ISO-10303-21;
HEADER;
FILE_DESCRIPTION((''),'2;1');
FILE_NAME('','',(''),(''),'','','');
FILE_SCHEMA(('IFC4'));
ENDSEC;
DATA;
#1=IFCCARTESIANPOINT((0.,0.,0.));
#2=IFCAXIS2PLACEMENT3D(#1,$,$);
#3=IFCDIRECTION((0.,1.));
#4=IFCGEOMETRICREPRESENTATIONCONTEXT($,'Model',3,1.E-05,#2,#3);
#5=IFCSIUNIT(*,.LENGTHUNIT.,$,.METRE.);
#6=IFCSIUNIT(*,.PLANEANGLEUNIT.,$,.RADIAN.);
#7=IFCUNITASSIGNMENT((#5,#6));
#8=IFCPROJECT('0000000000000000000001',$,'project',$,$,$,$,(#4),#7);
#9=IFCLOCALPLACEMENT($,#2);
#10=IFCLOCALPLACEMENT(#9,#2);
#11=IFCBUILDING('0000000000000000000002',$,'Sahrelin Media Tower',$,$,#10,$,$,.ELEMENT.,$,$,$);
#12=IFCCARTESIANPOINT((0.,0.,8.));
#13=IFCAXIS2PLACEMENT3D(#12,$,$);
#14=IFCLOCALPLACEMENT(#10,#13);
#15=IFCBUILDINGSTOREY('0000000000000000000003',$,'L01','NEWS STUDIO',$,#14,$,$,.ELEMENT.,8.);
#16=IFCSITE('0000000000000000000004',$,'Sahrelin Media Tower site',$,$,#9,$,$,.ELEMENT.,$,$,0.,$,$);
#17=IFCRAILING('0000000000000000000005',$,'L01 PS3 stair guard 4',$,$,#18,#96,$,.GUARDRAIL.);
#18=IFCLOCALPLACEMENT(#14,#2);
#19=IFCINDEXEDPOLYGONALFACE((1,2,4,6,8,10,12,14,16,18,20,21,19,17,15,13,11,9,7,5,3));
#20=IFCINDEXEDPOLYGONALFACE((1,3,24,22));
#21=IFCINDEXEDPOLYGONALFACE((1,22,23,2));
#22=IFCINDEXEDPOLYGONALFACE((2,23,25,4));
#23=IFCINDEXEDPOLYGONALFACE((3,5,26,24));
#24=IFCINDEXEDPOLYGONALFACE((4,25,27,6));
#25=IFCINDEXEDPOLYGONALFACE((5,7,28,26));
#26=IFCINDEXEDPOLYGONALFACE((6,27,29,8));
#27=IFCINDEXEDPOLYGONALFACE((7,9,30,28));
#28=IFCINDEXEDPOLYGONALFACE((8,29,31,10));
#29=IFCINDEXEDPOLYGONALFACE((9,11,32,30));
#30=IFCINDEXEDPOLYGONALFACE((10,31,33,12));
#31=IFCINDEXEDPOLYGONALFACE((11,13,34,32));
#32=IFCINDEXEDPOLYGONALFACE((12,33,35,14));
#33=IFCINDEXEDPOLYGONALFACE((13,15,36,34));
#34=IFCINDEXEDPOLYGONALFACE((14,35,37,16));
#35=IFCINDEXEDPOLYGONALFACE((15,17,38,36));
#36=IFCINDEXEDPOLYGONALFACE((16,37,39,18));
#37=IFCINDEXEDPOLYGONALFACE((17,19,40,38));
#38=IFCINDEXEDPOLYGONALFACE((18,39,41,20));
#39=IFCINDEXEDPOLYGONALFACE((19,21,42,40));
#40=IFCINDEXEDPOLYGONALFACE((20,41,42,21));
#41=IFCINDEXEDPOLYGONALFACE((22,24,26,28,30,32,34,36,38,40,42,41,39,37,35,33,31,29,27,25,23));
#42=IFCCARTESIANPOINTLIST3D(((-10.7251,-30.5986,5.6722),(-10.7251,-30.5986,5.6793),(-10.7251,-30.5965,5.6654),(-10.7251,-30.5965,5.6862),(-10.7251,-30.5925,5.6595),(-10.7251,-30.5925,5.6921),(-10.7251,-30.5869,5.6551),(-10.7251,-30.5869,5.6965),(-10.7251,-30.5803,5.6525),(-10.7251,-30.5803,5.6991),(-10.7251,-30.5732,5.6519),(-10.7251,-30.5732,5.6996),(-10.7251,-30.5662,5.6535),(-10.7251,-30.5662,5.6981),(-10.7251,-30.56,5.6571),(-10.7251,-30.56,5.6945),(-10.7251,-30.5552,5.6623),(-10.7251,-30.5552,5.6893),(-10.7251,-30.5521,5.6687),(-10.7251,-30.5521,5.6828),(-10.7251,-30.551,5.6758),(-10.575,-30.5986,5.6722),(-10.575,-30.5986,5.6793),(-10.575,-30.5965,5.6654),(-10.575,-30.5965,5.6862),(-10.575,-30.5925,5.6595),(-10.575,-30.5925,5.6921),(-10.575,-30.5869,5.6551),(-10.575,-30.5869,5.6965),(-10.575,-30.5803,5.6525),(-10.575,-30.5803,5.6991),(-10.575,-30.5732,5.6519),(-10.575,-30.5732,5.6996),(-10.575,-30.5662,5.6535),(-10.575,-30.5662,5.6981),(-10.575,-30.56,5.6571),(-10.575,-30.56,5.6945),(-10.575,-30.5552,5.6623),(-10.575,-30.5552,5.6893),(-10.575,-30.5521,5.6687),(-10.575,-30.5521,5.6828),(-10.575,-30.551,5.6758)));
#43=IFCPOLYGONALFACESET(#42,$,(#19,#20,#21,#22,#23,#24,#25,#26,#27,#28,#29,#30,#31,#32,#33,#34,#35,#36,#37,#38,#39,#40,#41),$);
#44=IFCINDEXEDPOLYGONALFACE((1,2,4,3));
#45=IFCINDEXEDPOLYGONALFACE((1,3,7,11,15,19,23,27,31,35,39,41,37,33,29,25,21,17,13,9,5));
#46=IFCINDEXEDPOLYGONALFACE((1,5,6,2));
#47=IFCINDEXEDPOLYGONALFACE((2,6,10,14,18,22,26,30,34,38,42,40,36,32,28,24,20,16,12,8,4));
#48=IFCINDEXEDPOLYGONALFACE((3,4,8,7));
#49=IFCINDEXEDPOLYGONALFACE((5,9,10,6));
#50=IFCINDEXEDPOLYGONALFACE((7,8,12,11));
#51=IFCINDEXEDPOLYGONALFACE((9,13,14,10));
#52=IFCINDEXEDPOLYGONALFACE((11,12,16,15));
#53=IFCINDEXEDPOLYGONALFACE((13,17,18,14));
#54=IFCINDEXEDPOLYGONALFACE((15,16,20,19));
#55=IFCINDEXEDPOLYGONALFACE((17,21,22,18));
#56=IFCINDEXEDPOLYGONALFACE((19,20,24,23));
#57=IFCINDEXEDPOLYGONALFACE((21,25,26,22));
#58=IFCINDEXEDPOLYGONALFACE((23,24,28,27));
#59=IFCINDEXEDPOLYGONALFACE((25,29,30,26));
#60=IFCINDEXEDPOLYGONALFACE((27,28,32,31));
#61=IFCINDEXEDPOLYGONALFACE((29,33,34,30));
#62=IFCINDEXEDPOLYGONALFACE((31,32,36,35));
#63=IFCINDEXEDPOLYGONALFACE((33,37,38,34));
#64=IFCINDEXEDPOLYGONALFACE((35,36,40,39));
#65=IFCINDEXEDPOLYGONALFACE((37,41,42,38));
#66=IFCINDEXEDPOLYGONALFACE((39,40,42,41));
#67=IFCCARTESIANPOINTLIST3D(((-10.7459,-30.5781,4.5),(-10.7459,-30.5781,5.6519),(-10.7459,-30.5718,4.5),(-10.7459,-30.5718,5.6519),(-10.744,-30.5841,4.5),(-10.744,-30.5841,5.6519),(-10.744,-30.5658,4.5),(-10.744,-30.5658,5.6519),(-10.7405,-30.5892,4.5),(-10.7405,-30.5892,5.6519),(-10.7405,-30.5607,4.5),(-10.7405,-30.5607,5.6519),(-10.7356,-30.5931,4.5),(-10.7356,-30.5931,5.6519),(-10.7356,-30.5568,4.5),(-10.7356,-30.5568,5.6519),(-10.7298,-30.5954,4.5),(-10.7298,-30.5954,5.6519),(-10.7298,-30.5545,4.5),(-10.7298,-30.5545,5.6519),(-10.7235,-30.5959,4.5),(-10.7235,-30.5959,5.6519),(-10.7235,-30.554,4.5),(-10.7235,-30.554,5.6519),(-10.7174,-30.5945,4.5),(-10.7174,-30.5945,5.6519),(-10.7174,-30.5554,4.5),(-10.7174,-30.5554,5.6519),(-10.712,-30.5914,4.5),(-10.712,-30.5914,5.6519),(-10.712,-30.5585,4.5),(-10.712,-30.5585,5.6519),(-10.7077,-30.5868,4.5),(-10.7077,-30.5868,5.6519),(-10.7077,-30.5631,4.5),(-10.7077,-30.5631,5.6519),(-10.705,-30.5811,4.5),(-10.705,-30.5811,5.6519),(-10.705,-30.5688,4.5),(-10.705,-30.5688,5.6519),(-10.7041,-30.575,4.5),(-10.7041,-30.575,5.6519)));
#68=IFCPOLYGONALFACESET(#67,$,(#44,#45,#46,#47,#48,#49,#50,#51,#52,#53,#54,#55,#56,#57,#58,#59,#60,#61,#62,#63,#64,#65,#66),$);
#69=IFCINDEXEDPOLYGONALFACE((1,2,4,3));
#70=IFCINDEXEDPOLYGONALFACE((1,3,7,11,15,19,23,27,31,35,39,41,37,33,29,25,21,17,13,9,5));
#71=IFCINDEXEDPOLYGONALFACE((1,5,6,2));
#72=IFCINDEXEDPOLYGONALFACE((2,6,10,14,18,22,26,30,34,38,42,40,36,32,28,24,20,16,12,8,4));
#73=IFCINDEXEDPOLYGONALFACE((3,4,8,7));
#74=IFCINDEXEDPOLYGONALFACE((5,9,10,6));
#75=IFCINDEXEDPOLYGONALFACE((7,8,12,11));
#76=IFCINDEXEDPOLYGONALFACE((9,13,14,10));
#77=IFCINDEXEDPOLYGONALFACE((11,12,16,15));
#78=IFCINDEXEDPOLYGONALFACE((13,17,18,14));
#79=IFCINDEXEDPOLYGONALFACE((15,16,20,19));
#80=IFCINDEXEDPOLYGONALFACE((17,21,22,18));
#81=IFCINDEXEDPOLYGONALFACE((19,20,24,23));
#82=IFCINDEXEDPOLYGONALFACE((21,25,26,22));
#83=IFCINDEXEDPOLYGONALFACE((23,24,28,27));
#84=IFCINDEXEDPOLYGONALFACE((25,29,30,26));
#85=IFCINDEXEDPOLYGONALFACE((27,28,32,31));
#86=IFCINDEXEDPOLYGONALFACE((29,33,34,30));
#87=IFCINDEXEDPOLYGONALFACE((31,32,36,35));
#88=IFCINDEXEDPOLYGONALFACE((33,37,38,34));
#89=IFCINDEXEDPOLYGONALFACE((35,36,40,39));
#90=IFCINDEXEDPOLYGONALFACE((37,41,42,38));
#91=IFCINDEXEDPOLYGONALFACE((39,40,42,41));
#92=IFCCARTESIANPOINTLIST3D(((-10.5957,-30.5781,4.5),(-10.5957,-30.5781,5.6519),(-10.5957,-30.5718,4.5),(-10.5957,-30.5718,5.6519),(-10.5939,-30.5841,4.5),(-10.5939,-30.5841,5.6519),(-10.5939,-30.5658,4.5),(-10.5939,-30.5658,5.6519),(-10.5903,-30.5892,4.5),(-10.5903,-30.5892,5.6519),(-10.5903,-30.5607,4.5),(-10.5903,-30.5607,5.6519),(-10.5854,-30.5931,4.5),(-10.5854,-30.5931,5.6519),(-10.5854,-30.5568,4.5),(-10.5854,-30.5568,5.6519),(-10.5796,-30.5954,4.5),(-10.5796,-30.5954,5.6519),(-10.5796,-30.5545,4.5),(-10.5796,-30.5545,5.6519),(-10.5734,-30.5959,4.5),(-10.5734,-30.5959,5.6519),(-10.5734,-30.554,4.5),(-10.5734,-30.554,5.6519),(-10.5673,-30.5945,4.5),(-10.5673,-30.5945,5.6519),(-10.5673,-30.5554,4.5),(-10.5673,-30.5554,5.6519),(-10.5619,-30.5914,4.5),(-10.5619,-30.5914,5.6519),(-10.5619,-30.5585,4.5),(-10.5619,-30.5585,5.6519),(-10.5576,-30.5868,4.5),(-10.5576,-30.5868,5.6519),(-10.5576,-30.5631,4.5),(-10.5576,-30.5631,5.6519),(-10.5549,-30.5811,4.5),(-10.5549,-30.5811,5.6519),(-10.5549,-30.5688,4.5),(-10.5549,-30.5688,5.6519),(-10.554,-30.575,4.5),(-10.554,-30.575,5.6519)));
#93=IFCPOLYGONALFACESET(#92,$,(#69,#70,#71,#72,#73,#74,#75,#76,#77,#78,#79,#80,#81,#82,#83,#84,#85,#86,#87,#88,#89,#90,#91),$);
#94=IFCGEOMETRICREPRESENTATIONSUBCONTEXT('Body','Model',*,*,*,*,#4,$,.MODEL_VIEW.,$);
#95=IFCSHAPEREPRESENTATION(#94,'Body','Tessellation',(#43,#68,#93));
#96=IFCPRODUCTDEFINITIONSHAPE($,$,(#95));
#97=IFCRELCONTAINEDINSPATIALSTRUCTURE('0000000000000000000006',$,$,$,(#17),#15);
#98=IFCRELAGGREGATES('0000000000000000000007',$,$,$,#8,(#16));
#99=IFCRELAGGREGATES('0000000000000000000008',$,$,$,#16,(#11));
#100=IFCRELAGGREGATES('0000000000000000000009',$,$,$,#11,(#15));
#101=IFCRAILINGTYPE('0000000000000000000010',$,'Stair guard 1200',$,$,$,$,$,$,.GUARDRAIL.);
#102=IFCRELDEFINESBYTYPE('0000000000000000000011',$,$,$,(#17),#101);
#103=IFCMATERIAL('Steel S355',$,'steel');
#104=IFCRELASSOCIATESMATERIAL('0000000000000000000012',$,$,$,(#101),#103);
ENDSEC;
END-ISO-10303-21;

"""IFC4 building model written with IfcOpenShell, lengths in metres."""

from ifc_helpers import new_model, si_unit, direction, frame, origin, origin_2d, place, context, subcontext, project, spatial, circle, extrude, material, type_object, element, save


model = new_model("IFC4")

# Units and contexts
model_context = context("Model", 3, precision=1e-05, world=origin(), true_north=direction((0.0, 1.0)))
body_context = subcontext(model_context, "Body", "Model", "MODEL_VIEW")
ifc_project = project(units=[si_unit("LENGTHUNIT", "METRE"), si_unit("PLANEANGLEUNIT", "RADIAN")], contexts=[model_context])

# Site, building, storey
site_placement = place(None, origin())
site = spatial("IfcSite", under=ifc_project, at=site_placement, Name="Sahrelin Media Tower site", CompositionType="ELEMENT", RefElevation=0.0)
building_placement = place(site_placement, origin())
building = spatial("IfcBuilding", under=site, at=building_placement, Name="Sahrelin Media Tower", CompositionType="ELEMENT")
storey_placement = place(building_placement, frame((0.0, 0.0, 8.0)))
storey = spatial("IfcBuildingStorey", under=building, at=storey_placement, Name="L01", Description="NEWS STUDIO", CompositionType="ELEMENT", Elevation=8.0)

# Shared definitions
ifc_material_1 = material(Name="Steel S355", Category="steel")

# Railing
railing_type_1 = type_object("IfcRailingType", Name="Stair guard 1200", PredefinedType="GUARDRAIL", material=ifc_material_1)
railing_1_placement = place(storey_placement, frame((-10.7251, -30.575, 4.5)))
element("IfcRailing", 1, at=railing_1_placement, inside=storey, type_object=railing_type_1, Name="L01 PS3 stair guard 4", PredefinedType="GUARDRAIL", context=body_context, shape_type="SweptSolid", body=[
    extrude(circle(Radius=0.0239, at=origin_2d()), frame((0.0, 0.0, 1.1758), z_axis=(1.0, 0.0, 0.0), x_axis=(0.0, 1.0, 0.0)), (0.0, 0.0, 1.0), 0.1501),
    extrude(circle(Radius=0.021, at=origin_2d()), origin(), (0.0, 0.0, 1.0), 1.1519),
    extrude(circle(Radius=0.021, at=origin_2d()), frame((0.1501, 0.0, 0.0)), (0.0, 0.0, 1.0), 1.1519),
])

save(model, "model.ifc")
